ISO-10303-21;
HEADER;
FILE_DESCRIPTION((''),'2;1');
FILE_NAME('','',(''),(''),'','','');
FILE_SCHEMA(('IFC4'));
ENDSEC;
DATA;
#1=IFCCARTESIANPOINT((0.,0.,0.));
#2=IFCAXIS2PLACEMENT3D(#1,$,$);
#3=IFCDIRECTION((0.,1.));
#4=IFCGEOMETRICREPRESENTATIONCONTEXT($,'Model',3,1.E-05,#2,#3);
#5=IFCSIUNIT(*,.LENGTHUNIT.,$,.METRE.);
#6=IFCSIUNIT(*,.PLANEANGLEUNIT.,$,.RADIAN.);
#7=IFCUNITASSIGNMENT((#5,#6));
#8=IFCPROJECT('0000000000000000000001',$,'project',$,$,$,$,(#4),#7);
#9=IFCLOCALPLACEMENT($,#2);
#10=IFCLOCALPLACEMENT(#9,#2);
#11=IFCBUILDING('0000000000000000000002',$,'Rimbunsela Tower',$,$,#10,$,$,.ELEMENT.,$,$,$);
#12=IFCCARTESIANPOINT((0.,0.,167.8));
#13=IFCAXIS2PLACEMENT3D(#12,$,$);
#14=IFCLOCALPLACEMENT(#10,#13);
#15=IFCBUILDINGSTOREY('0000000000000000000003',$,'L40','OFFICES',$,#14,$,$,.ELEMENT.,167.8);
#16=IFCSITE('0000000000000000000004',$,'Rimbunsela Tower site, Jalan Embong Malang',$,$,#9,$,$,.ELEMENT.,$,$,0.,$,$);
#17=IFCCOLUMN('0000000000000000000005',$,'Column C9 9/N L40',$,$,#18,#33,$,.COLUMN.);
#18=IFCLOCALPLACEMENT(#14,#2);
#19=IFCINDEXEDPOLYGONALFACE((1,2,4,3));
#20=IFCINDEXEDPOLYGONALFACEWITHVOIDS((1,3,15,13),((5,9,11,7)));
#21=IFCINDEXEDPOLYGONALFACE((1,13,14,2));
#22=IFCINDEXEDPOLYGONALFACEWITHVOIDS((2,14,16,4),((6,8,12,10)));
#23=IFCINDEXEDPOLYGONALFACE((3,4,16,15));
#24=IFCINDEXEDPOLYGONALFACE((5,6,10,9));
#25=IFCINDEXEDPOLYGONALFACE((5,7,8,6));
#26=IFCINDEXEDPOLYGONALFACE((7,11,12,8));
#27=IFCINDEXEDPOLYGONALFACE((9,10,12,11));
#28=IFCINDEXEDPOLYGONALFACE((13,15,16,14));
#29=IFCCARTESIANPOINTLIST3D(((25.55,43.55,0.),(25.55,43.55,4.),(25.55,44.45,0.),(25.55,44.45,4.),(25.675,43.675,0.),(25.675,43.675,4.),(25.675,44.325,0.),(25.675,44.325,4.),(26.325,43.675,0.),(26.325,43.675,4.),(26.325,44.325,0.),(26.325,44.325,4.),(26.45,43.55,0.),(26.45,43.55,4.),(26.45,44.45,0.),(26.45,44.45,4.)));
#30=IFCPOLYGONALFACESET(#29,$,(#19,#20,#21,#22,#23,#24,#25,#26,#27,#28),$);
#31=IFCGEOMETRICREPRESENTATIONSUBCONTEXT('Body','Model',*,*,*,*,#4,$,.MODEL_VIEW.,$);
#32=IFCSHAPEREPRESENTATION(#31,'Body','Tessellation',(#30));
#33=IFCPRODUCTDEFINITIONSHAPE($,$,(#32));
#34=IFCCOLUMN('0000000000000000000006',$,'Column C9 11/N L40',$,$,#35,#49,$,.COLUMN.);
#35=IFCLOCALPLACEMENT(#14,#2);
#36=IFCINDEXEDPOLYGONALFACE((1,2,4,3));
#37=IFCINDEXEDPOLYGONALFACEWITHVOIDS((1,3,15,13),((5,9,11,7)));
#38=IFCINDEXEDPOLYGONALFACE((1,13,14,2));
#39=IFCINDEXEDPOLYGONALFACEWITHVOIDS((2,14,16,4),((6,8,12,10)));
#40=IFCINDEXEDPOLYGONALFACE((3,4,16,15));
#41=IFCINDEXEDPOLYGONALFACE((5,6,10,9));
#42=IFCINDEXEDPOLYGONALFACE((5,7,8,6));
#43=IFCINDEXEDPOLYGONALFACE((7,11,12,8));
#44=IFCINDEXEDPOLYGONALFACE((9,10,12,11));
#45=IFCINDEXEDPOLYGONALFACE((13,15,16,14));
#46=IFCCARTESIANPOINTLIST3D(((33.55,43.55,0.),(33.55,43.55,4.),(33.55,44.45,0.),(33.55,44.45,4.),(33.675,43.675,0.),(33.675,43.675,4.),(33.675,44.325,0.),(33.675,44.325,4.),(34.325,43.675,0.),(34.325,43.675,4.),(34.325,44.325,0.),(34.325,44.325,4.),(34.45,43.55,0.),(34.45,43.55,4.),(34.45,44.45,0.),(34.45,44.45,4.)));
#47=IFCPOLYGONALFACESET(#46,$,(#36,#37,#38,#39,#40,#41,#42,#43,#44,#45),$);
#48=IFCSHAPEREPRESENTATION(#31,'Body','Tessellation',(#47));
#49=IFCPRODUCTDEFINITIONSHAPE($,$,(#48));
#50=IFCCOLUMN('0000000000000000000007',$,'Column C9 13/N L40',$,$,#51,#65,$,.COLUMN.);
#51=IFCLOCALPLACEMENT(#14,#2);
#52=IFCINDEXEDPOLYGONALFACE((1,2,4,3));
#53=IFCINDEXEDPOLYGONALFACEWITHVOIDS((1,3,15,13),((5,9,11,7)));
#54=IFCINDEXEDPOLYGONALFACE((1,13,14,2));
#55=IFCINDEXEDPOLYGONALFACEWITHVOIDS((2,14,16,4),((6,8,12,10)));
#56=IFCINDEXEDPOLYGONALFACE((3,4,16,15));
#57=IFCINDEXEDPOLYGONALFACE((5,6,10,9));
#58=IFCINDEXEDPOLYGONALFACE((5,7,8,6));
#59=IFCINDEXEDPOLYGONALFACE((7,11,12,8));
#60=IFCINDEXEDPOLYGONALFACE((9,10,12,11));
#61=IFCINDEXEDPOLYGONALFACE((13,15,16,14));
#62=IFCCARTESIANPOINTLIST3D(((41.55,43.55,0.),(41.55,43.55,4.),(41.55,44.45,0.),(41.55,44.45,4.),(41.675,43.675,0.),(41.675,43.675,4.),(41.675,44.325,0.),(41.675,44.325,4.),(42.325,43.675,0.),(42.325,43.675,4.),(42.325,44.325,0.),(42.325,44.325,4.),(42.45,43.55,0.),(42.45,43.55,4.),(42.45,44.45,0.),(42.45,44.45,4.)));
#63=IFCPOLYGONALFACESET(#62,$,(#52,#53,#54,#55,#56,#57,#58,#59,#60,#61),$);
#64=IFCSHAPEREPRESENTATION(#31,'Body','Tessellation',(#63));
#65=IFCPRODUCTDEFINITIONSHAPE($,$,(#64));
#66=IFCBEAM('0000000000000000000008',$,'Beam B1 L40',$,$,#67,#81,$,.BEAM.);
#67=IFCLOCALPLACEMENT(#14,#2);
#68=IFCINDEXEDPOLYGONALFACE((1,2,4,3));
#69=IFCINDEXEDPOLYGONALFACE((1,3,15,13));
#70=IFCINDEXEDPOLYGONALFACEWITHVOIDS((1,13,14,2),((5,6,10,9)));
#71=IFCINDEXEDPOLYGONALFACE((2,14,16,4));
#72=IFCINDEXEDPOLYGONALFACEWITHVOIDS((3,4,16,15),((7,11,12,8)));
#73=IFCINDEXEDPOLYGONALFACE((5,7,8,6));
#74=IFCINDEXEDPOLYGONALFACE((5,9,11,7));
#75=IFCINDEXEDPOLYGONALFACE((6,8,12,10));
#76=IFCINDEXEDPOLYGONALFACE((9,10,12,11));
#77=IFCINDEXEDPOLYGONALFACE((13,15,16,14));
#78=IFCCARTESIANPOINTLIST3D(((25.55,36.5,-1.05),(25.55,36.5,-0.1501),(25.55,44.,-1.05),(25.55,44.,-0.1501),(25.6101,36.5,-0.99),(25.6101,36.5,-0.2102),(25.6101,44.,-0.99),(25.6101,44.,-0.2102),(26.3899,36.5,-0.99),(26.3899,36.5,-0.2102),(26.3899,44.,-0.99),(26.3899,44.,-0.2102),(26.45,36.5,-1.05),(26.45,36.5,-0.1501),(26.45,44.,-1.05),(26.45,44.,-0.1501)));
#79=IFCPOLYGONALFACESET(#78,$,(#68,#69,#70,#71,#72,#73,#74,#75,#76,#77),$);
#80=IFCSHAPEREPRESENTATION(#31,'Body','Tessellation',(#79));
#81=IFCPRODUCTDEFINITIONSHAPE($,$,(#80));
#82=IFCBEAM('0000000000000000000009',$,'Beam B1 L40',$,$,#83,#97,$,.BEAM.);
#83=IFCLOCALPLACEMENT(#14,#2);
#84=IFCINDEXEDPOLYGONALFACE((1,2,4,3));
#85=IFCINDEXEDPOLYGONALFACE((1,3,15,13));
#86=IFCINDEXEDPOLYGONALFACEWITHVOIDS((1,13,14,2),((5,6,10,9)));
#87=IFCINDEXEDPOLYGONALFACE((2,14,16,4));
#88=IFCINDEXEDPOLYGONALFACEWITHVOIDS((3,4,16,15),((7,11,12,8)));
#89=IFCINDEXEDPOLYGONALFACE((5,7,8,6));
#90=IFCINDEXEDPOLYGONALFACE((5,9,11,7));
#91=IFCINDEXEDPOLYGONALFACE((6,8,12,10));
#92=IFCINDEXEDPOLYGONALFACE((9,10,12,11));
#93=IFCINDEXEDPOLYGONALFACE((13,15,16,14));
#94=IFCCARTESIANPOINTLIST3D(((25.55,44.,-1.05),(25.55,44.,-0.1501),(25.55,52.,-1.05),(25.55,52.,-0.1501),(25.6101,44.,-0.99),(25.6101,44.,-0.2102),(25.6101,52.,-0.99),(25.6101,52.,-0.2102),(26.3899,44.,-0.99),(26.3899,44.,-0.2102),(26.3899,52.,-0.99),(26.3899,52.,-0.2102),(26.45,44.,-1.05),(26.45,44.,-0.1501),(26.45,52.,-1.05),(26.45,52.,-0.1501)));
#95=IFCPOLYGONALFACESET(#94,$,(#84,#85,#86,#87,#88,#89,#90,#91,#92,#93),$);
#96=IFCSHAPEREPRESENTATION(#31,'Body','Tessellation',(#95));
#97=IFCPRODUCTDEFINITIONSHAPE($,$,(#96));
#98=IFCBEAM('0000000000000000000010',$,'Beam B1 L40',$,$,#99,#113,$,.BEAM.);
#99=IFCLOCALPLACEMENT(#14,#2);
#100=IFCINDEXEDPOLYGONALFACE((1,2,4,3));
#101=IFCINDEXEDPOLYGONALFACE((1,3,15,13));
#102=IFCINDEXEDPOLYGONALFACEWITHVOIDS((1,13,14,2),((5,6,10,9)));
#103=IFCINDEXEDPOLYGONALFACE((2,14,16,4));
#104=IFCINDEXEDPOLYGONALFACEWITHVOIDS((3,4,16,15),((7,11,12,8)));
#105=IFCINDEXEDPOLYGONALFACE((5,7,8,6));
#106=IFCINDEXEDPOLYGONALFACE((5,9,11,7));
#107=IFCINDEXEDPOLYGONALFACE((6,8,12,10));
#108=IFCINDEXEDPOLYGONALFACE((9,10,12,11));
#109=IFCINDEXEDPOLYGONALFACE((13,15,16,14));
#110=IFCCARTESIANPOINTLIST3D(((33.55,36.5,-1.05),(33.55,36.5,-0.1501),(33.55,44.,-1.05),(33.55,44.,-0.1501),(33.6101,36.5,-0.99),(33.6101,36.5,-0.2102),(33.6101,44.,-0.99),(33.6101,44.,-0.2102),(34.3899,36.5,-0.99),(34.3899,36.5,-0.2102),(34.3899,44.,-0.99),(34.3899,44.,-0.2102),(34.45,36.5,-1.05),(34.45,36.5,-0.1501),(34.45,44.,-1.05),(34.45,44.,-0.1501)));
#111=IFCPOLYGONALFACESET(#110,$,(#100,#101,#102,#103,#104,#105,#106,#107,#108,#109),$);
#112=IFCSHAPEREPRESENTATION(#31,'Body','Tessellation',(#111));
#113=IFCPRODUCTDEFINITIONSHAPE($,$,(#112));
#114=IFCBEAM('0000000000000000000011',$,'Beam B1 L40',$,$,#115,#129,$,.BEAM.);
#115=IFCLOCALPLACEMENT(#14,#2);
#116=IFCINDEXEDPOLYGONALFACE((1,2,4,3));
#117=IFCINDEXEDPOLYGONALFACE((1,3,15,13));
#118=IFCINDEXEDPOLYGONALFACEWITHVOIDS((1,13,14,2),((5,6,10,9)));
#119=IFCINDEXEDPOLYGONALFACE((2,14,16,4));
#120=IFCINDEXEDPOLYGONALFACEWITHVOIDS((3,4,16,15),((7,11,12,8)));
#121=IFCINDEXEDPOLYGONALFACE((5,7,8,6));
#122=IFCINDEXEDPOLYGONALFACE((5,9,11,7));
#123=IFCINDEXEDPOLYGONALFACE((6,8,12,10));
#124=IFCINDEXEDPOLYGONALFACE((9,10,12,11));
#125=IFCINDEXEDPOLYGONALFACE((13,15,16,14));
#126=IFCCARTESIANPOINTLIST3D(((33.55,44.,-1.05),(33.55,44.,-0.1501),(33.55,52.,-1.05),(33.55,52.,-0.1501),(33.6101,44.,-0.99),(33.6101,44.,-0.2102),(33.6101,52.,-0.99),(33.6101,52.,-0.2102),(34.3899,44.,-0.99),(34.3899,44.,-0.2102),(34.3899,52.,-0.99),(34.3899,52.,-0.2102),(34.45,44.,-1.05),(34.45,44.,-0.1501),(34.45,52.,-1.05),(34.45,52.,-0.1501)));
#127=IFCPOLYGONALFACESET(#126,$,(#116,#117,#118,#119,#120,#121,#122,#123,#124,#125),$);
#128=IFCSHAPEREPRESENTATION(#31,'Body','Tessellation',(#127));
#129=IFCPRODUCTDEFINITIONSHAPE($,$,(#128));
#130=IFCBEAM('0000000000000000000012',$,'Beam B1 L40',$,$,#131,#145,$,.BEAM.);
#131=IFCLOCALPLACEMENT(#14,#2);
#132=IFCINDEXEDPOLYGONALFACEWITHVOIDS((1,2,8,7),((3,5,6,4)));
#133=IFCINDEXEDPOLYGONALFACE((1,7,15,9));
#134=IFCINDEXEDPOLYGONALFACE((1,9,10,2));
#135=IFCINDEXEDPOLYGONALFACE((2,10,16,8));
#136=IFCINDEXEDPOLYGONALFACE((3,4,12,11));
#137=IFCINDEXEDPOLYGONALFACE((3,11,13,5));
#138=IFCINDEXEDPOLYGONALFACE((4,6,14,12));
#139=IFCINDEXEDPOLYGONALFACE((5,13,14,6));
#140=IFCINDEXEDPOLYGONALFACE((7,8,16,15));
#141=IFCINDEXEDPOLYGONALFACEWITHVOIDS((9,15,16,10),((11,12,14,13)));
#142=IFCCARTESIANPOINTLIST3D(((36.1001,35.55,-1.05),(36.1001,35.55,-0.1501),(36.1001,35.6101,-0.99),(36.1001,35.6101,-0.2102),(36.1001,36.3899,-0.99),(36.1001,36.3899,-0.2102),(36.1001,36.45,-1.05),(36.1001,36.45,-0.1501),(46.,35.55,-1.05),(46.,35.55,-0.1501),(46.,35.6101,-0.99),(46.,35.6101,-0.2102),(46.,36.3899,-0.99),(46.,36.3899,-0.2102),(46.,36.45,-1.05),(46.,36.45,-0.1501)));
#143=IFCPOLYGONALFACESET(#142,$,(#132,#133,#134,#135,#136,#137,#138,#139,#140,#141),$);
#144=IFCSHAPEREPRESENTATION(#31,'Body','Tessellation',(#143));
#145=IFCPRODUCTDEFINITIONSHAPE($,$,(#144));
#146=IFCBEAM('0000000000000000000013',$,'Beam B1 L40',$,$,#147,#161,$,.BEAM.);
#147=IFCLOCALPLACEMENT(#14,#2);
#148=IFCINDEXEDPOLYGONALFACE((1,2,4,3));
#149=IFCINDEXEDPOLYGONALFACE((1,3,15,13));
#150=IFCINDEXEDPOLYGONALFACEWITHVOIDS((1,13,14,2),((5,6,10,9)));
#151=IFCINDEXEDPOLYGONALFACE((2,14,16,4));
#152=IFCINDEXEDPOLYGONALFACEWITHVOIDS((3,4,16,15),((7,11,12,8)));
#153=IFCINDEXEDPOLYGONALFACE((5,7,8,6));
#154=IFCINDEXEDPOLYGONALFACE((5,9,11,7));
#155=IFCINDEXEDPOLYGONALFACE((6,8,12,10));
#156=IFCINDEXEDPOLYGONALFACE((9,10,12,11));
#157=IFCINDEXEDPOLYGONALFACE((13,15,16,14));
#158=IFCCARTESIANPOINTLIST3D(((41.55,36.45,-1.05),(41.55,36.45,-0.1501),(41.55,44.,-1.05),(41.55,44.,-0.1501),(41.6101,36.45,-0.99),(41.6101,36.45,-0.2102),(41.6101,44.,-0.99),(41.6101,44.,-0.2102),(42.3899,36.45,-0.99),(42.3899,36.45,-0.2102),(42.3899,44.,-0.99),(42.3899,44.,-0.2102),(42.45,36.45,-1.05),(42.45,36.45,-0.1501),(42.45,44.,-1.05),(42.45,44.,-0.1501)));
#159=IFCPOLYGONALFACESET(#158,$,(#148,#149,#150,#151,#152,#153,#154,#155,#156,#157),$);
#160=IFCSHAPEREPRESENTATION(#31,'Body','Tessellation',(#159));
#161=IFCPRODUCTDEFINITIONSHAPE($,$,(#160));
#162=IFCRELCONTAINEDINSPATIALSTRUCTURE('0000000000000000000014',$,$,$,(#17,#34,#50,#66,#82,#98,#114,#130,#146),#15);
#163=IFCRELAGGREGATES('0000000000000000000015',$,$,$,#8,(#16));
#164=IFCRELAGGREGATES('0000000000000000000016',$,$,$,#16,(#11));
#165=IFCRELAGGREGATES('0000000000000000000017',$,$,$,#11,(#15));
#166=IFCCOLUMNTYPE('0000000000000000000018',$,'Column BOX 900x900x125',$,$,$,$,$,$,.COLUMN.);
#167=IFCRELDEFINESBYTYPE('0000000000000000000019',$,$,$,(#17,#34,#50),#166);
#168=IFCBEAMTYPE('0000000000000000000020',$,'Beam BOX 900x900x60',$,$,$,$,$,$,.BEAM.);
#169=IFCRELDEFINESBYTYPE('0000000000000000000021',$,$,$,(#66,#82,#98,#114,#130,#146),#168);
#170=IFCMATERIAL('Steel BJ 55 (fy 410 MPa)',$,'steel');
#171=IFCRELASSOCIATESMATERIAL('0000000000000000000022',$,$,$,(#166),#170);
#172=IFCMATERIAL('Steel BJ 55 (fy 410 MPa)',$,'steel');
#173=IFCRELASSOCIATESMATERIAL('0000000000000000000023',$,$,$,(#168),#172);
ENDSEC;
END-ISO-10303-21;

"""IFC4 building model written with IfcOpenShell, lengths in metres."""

from ifc_helpers import new_model, si_unit, direction, frame, origin, origin_2d, place, context, subcontext, project, spatial, hollow_rectangle, extrude, material, material_profile, profile_set, type_object, element, save


model = new_model("IFC4")

# Units and contexts
model_context = context("Model", 3, precision=1e-05, world=origin(), true_north=direction((0.0, 1.0)))
body_context = subcontext(model_context, "Body", "Model", "MODEL_VIEW")
ifc_project = project(units=[si_unit("LENGTHUNIT", "METRE"), si_unit("PLANEANGLEUNIT", "RADIAN")], contexts=[model_context])

# Site, building, storey
site_placement = place(None, origin())
site = spatial("IfcSite", under=ifc_project, at=site_placement, Name="Rimbunsela Tower site, Jalan Embong Malang", CompositionType="ELEMENT", RefElevation=0.0)
building_placement = place(site_placement, origin())
building = spatial("IfcBuilding", under=site, at=building_placement, Name="Rimbunsela Tower", CompositionType="ELEMENT")
storey_placement = place(building_placement, frame((0.0, 0.0, 167.8)))
storey = spatial("IfcBuildingStorey", under=building, at=storey_placement, Name="L40", Description="OFFICES", CompositionType="ELEMENT", Elevation=167.8)

# Columns
ifc_material_1 = material(Name="Steel BJ 55 (fy 410 MPa)", Category="steel")
ifc_material_profile_1 = material_profile(ifc_material_1, hollow_rectangle(XDim=0.8999, YDim=0.8999, WallThickness=0.125, at=origin_2d()), Name="BOX 900x900x125")
ifc_profile_set_1 = profile_set([ifc_material_profile_1], Name="Steel BJ 55 (fy 410 MPa)")
column_type = type_object("IfcColumnType", Name="Column BOX 900x900x125", PredefinedType="COLUMN", material=ifc_profile_set_1)
for number, where, z_axis, x_axis, name in (
    (1, (26.0, 44.0, 0.0), (0.0, 0.0, 1.0), (1.0, 0.0, 0.0), "Column C9 9/N L40"),
    (2, (34.0, 44.0, 0.0), (0.0, 0.0, 1.0), (1.0, 0.0, 0.0), "Column C9 11/N L40"),
    (3, (42.0, 44.0, 0.0), (0.0, 0.0, 1.0), (1.0, 0.0, 0.0), "Column C9 13/N L40"),
):
    element("IfcColumn", number, at=place(storey_placement, frame(where, z_axis=z_axis, x_axis=x_axis)), inside=storey, type_object=column_type, Name=name, PredefinedType="COLUMN", context=body_context, shape_type="SweptSolid", body=[
        extrude(hollow_rectangle(XDim=0.8999, YDim=0.8999, WallThickness=0.125, at=origin_2d()), origin(), (0.0, 0.0, 1.0), 4.0),
    ])

# Beams
ifc_material_2 = material(Name="Steel BJ 55 (fy 410 MPa)", Category="steel")
ifc_material_profile_2 = material_profile(ifc_material_2, hollow_rectangle(XDim=0.8999, YDim=0.8999, WallThickness=0.0601, at=origin_2d()), Name="BOX 900x900x60")
ifc_profile_set_2 = profile_set([ifc_material_profile_2], Name="Steel BJ 55 (fy 410 MPa)")
beam_type_1 = type_object("IfcBeamType", Name="Beam BOX 900x900x60", PredefinedType="BEAM", material=ifc_profile_set_2)
beam_1_placement = place(storey_placement, frame((26.0, 36.5, -0.6001), z_axis=(0.0, 1.0, 0.0), x_axis=(-1.0, 0.0, 0.0)))
element("IfcBeam", 4, at=beam_1_placement, inside=storey, type_object=beam_type_1, Name="Beam B1 L40", PredefinedType="BEAM", context=body_context, shape_type="SweptSolid", body=[
    extrude(hollow_rectangle(XDim=0.8999, YDim=0.8999, WallThickness=0.0601, at=origin_2d()), origin(), (0.0, 0.0, 1.0), 7.5),
])
beam_2_placement = place(storey_placement, frame((26.0, 44.0, -0.6001), z_axis=(0.0, 1.0, 0.0), x_axis=(-1.0, 0.0, 0.0)))
element("IfcBeam", 5, at=beam_2_placement, inside=storey, type_object=beam_type_1, Name="Beam B1 L40", PredefinedType="BEAM", context=body_context, shape_type="SweptSolid", body=[
    extrude(hollow_rectangle(XDim=0.8999, YDim=0.8999, WallThickness=0.0601, at=origin_2d()), origin(), (0.0, 0.0, 1.0), 8.0),
])
beam_3_placement = place(storey_placement, frame((34.0, 36.5, -0.6001), z_axis=(0.0, 1.0, 0.0), x_axis=(-1.0, 0.0, 0.0)))
element("IfcBeam", 6, at=beam_3_placement, inside=storey, type_object=beam_type_1, Name="Beam B1 L40", PredefinedType="BEAM", context=body_context, shape_type="SweptSolid", body=[
    extrude(hollow_rectangle(XDim=0.8999, YDim=0.8999, WallThickness=0.0601, at=origin_2d()), origin(), (0.0, 0.0, 1.0), 7.5),
])
beam_4_placement = place(storey_placement, frame((34.0, 44.0, -0.6001), z_axis=(0.0, 1.0, 0.0), x_axis=(-1.0, 0.0, 0.0)))
element("IfcBeam", 7, at=beam_4_placement, inside=storey, type_object=beam_type_1, Name="Beam B1 L40", PredefinedType="BEAM", context=body_context, shape_type="SweptSolid", body=[
    extrude(hollow_rectangle(XDim=0.8999, YDim=0.8999, WallThickness=0.0601, at=origin_2d()), origin(), (0.0, 0.0, 1.0), 8.0),
])
beam_5_placement = place(storey_placement, frame((36.1001, 36.0, -0.6001), z_axis=(1.0, 0.0, 0.0), x_axis=(0.0, 1.0, 0.0)))
element("IfcBeam", 8, at=beam_5_placement, inside=storey, type_object=beam_type_1, Name="Beam B1 L40", PredefinedType="BEAM", context=body_context, shape_type="SweptSolid", body=[
    extrude(hollow_rectangle(XDim=0.8999, YDim=0.8999, WallThickness=0.0601, at=origin_2d()), origin(), (0.0, 0.0, 1.0), 9.8999),
])
beam_6_placement = place(storey_placement, frame((42.0, 36.45, -0.6001), z_axis=(0.0, 1.0, 0.0), x_axis=(-1.0, 0.0, 0.0)))
element("IfcBeam", 9, at=beam_6_placement, inside=storey, type_object=beam_type_1, Name="Beam B1 L40", PredefinedType="BEAM", context=body_context, shape_type="SweptSolid", body=[
    extrude(hollow_rectangle(XDim=0.8999, YDim=0.8999, WallThickness=0.0601, at=origin_2d()), origin(), (0.0, 0.0, 1.0), 7.55),
])

save(model, "model.ifc")
